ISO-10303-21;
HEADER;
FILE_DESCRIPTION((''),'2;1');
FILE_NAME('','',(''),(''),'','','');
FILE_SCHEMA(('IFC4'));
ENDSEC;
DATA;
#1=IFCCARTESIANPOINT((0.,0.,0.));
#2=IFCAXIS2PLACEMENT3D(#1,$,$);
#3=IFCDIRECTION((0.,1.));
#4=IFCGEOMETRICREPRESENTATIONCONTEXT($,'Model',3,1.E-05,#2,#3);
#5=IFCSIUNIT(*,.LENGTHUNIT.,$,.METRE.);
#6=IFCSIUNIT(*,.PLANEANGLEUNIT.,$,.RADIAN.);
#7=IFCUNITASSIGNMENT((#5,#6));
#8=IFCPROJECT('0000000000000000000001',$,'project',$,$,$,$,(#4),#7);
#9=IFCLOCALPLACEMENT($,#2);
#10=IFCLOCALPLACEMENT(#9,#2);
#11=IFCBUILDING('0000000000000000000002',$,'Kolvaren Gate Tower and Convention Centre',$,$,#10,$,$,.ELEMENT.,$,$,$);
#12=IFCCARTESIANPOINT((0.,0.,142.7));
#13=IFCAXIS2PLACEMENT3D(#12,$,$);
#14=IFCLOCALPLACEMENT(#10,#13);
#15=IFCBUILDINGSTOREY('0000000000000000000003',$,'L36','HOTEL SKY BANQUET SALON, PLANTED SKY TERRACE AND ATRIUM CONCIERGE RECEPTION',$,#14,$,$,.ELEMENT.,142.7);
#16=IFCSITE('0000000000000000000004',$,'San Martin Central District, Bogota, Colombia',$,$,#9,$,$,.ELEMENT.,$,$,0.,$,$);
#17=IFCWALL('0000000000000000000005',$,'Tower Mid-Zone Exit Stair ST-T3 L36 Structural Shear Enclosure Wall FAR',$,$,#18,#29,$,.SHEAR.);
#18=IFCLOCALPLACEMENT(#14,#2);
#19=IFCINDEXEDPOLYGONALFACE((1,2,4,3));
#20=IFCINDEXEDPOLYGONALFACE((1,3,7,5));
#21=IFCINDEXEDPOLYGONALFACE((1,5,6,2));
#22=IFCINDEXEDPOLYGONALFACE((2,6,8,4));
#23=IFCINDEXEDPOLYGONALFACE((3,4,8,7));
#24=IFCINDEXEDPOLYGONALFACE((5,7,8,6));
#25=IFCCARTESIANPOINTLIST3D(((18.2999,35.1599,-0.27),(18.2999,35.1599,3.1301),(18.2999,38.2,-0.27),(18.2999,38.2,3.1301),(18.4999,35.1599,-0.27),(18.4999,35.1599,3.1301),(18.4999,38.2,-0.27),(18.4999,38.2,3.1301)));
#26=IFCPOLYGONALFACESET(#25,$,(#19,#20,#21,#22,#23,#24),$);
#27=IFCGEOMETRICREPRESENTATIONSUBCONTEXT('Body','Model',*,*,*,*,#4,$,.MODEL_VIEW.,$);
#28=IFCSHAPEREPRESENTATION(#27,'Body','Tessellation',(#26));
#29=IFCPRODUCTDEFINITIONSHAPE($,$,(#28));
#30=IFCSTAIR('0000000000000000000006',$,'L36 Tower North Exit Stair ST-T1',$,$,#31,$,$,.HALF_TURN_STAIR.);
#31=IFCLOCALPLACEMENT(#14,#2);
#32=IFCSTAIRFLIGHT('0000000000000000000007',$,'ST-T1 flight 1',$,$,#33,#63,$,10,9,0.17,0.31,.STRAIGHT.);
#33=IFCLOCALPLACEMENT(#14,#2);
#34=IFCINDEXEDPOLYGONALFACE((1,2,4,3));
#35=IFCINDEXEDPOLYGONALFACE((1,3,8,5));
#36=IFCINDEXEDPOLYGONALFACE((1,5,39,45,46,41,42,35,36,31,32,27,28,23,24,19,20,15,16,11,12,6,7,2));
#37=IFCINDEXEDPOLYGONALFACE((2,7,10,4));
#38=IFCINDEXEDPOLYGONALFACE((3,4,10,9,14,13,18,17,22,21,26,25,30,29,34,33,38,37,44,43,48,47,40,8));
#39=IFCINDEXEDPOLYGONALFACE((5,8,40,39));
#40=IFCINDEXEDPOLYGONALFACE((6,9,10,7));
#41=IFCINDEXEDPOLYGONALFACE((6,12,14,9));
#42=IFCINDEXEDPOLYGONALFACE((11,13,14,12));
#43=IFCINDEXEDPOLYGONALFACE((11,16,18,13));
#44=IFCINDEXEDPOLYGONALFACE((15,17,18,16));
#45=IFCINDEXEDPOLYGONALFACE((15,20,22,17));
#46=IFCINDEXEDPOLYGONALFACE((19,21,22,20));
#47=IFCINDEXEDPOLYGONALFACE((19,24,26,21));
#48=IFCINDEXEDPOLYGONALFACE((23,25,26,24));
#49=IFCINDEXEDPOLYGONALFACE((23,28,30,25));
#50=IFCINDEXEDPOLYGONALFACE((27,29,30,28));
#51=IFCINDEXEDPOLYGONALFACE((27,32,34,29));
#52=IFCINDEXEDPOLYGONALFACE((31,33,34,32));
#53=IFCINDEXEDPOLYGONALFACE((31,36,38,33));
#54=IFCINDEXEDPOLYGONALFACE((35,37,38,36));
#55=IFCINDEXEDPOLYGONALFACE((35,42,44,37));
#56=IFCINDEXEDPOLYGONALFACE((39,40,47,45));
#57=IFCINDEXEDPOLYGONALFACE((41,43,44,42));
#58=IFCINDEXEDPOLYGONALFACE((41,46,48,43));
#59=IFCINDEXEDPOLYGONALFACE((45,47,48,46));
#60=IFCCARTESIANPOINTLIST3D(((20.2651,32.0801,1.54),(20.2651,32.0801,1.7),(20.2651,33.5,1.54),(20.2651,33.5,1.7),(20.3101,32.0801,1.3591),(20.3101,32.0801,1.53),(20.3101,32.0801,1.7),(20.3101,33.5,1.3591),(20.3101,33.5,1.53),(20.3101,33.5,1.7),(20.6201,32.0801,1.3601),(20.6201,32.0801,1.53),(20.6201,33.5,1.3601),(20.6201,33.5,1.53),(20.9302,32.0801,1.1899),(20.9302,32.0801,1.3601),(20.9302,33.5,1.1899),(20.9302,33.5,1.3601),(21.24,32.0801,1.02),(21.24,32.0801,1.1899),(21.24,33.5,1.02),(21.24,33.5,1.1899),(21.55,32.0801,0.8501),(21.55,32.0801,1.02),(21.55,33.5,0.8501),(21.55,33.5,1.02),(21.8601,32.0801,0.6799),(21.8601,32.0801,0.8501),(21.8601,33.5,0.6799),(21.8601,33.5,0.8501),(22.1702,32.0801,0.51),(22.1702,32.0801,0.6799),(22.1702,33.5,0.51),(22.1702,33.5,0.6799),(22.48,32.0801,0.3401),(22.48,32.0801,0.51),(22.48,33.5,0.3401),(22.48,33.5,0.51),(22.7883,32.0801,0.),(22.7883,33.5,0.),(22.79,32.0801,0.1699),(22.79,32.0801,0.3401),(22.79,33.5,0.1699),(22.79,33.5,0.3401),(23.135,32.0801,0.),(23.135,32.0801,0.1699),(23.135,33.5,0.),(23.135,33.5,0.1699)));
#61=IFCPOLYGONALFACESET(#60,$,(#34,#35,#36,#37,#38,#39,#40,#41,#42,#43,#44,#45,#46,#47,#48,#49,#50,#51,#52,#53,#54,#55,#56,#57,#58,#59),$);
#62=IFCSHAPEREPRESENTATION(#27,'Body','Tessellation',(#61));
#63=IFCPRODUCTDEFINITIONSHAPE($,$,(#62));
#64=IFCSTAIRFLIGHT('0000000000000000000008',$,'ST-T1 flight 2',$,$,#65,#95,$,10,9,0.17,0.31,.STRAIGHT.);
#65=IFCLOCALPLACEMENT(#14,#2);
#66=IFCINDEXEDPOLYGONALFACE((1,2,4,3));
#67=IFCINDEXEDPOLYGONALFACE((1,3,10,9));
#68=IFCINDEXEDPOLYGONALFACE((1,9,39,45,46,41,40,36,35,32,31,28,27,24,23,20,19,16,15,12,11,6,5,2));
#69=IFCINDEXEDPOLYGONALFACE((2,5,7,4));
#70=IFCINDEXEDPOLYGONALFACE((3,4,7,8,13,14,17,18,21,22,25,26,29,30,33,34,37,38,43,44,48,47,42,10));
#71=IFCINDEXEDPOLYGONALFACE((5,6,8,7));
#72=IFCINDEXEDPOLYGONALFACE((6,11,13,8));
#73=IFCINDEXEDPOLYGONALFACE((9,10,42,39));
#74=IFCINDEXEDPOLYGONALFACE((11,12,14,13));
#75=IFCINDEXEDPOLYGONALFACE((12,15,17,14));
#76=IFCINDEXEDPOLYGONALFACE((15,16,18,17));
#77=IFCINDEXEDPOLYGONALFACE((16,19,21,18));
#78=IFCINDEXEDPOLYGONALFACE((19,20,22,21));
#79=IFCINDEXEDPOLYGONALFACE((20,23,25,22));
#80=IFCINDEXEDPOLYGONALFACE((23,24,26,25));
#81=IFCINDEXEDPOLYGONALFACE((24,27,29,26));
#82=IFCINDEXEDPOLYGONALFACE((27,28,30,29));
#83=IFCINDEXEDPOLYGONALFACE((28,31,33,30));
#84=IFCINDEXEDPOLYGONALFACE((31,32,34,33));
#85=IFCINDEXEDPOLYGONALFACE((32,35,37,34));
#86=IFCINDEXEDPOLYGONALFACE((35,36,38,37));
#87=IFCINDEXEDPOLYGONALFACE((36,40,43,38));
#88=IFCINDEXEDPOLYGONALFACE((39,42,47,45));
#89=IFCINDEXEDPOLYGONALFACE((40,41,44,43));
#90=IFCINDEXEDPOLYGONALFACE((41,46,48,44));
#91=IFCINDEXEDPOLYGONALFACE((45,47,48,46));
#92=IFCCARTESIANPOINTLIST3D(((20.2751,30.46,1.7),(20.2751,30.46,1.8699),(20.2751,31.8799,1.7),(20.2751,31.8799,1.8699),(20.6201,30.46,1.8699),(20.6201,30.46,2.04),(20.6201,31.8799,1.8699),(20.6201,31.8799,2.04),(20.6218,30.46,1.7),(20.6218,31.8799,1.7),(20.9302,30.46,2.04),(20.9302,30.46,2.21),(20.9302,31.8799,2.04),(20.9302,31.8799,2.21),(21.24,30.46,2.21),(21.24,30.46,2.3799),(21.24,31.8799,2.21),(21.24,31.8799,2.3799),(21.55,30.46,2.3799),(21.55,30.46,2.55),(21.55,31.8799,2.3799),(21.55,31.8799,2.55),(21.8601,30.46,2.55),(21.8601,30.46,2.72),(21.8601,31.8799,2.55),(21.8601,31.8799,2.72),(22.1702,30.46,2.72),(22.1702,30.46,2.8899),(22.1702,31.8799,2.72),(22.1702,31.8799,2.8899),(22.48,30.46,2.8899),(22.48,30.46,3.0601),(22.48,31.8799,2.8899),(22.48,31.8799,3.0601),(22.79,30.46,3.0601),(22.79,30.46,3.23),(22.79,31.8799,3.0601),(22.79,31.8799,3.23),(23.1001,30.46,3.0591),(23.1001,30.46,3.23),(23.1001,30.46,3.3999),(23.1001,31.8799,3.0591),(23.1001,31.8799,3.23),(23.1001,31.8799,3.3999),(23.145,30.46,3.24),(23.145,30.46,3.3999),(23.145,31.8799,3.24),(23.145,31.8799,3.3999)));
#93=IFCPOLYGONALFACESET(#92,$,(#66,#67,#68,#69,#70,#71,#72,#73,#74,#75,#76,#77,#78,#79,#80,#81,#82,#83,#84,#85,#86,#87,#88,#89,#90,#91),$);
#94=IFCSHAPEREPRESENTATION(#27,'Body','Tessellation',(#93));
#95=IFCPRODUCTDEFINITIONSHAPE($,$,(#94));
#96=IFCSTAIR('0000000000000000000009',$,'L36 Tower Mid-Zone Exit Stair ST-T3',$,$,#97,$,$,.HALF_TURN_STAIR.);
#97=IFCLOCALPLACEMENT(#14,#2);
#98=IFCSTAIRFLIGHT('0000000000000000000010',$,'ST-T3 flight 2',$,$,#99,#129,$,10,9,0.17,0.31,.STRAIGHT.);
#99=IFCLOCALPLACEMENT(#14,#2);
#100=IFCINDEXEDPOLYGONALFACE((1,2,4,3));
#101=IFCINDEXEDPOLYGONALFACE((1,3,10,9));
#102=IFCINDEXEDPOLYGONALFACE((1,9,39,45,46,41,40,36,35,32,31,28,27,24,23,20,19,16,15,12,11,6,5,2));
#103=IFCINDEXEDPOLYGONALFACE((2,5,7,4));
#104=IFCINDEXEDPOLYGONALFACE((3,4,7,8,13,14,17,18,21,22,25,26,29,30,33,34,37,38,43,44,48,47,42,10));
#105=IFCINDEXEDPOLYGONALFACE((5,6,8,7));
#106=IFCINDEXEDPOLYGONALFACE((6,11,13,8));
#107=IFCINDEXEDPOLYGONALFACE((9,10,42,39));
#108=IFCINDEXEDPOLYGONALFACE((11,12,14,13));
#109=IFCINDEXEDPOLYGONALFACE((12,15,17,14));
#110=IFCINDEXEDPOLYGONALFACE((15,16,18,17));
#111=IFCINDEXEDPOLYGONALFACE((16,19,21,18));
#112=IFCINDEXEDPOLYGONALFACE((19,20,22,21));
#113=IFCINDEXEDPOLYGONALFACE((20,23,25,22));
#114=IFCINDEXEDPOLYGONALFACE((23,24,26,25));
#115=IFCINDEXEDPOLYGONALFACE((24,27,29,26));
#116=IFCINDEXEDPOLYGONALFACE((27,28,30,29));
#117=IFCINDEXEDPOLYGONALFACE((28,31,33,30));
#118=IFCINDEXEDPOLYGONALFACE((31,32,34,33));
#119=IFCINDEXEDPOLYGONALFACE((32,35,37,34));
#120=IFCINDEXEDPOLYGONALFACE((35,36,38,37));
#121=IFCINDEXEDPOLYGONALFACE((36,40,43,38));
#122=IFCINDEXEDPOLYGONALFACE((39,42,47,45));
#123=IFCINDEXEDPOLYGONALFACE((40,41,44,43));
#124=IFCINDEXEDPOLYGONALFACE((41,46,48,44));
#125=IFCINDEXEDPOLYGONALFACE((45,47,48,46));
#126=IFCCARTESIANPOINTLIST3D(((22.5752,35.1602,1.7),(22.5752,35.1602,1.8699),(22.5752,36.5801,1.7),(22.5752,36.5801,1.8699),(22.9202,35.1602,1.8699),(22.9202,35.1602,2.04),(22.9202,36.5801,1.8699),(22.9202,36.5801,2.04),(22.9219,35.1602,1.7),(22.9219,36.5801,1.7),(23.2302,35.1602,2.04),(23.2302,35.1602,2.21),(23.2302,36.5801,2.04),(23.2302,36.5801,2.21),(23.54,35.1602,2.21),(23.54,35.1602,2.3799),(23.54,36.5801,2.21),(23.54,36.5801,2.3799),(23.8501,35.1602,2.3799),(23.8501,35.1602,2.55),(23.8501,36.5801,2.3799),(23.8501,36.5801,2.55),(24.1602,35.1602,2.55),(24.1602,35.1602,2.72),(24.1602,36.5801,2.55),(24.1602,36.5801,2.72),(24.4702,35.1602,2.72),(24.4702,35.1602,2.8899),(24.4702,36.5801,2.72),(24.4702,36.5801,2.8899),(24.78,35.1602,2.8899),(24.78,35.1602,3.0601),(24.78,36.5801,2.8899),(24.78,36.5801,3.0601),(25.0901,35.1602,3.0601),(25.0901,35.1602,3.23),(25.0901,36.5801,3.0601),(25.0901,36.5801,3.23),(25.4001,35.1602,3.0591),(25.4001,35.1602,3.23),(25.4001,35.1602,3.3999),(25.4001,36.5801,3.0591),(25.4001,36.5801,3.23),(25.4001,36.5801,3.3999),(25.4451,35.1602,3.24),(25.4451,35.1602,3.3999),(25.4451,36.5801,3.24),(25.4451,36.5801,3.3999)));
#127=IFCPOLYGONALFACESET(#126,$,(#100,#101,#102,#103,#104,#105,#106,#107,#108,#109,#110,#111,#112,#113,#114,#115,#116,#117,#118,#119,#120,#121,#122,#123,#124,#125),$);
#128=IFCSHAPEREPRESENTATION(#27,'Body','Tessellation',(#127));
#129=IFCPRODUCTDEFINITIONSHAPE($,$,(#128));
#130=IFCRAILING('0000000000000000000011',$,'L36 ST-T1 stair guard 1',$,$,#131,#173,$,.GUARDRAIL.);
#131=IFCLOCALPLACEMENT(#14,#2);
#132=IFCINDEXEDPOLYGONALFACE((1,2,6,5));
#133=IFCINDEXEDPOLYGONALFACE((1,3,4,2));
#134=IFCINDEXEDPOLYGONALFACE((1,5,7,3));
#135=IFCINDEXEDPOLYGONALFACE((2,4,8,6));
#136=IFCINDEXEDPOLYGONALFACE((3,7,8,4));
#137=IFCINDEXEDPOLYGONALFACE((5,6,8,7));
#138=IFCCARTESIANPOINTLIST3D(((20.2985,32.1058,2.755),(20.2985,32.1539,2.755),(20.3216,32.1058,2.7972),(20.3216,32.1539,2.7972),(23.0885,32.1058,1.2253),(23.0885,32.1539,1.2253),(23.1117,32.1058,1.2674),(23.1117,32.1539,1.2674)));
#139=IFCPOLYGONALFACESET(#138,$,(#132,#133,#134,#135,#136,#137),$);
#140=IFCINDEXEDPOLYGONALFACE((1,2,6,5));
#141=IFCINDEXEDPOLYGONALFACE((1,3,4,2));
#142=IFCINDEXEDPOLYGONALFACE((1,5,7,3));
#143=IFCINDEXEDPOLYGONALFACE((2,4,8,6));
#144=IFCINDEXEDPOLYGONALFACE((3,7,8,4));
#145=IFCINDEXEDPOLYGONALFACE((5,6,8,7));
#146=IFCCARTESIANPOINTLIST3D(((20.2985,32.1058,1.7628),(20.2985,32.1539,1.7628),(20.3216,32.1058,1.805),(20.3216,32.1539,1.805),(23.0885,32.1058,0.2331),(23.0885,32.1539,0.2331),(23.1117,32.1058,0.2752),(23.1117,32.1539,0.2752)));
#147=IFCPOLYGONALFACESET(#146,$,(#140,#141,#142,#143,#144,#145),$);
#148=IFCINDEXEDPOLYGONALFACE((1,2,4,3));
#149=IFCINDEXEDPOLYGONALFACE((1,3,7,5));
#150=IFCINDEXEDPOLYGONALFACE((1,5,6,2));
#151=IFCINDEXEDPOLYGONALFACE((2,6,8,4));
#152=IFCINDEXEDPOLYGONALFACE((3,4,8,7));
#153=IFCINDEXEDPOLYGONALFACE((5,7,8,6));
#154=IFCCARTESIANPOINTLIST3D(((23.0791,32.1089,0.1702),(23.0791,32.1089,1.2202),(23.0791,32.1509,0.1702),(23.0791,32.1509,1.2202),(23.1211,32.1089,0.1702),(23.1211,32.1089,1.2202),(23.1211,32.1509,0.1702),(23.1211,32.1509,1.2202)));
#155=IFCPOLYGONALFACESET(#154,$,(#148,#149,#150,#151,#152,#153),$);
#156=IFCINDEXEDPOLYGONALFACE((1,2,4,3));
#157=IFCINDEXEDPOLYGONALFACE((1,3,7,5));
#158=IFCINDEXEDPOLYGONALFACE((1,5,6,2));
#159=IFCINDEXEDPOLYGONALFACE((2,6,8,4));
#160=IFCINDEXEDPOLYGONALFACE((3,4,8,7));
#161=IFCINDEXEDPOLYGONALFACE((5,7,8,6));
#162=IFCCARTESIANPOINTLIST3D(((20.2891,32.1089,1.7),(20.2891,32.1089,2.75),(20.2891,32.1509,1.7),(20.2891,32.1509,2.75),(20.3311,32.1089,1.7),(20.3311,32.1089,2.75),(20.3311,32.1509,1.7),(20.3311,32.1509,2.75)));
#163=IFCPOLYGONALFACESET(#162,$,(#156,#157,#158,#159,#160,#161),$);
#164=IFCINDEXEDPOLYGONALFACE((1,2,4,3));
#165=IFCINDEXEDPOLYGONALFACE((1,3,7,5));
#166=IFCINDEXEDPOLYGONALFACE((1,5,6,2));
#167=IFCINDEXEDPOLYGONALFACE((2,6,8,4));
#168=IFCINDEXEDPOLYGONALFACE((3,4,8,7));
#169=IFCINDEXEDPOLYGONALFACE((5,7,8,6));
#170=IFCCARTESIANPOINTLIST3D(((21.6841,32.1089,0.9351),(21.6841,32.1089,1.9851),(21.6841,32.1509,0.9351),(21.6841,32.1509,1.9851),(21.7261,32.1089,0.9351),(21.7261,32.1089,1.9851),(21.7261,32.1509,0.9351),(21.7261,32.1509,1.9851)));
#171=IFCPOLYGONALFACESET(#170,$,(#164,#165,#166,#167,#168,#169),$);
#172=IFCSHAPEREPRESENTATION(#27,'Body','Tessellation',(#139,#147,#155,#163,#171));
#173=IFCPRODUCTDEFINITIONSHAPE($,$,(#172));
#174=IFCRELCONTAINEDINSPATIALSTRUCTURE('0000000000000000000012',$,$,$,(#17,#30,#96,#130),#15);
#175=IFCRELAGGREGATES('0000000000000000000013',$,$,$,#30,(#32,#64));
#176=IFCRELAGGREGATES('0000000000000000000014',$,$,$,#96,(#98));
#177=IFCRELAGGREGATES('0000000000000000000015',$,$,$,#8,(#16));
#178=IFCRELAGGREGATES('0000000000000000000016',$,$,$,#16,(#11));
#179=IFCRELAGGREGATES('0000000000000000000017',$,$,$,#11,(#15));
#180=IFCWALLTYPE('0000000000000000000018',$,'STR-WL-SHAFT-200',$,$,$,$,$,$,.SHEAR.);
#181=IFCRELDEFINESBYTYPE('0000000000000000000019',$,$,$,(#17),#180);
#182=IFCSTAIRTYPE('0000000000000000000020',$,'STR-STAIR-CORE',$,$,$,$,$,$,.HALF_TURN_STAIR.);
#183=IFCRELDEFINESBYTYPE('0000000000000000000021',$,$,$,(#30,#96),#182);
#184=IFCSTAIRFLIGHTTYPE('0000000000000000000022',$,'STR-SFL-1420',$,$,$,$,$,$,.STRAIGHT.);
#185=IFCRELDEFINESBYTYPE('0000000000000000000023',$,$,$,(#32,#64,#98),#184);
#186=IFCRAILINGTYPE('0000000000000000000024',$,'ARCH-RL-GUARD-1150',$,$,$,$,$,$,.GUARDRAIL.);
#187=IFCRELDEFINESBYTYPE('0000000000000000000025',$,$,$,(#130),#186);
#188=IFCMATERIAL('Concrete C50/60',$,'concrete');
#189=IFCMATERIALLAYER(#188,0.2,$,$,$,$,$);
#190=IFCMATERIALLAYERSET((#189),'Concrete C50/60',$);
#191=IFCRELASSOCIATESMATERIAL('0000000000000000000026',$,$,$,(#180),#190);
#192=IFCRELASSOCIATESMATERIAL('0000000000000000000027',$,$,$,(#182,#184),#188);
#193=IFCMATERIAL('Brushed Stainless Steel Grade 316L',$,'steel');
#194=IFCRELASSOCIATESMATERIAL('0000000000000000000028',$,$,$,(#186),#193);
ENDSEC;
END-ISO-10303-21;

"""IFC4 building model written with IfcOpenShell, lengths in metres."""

from ifc_helpers import new_model, si_unit, direction, frame, frame_2d, origin, origin_2d, place, context, subcontext, project, spatial, polyline, rectangle, outline, extrude, material, layer, layer_set, type_object, element, aggregate, save


model = new_model("IFC4")

# Units and contexts
model_context = context("Model", 3, precision=1e-05, world=origin(), true_north=direction((0.0, 1.0)))
body_context = subcontext(model_context, "Body", "Model", "MODEL_VIEW")
ifc_project = project(units=[si_unit("LENGTHUNIT", "METRE"), si_unit("PLANEANGLEUNIT", "RADIAN")], contexts=[model_context])

# Site, building, storey
site_placement = place(None, origin())
site = spatial("IfcSite", under=ifc_project, at=site_placement, Name="San Martin Central District, Bogota, Colombia", CompositionType="ELEMENT", RefElevation=0.0)
building_placement = place(site_placement, origin())
building = spatial("IfcBuilding", under=site, at=building_placement, Name="Kolvaren Gate Tower and Convention Centre", CompositionType="ELEMENT")
storey_placement = place(building_placement, frame((0.0, 0.0, 142.7)))
storey = spatial("IfcBuildingStorey", under=building, at=storey_placement, Name="L36", Description="HOTEL SKY BANQUET SALON, PLANTED SKY TERRACE AND ATRIUM CONCIERGE RECEPTION", CompositionType="ELEMENT", Elevation=142.7)

# Shared definitions
ifc_material_1 = material(Name="Brushed Stainless Steel Grade 316L", Category="steel")
ifc_material_2 = material(Name="Concrete C50/60", Category="concrete")
ifc_layer_1 = layer(ifc_material_2, 0.2)
ifc_layer_set_1 = layer_set([ifc_layer_1], Name="Concrete C50/60")
wall_type_1 = type_object("IfcWallType", Name="STR-WL-SHAFT-200", PredefinedType="SHEAR", material=ifc_layer_set_1)

# Wall
wall_1_placement = place(storey_placement, frame((18.3999, 35.1599, -0.27), z_axis=(0.0, 0.0, 1.0), x_axis=(0.0, 1.0, 0.0)))
element("IfcWall", 1, at=wall_1_placement, inside=storey, type_object=wall_type_1, Name="Tower Mid-Zone Exit Stair ST-T3 L36 Structural Shear Enclosure Wall FAR", PredefinedType="SHEAR", context=body_context, shape_type="SweptSolid", body=[
    extrude(rectangle(XDim=3.04, YDim=0.2, at=frame_2d((1.52, 0.0))), origin(), (0.0, 0.0, 1.0), 3.4001),
])

# Stair, stair flights
stair_type = type_object("IfcStairType", Name="STR-STAIR-CORE", PredefinedType="HALF_TURN_STAIR", material=ifc_material_2)
stair_1_placement = place(storey_placement, origin())
stair_1 = element("IfcStair", 2, at=stair_1_placement, inside=storey, type_object=stair_type, Name="L36 Tower North Exit Stair ST-T1", PredefinedType="HALF_TURN_STAIR")
stair_flight_type = type_object("IfcStairFlightType", Name="STR-SFL-1420", PredefinedType="STRAIGHT", material=ifc_material_2)
stair_flight_1_placement = place(storey_placement, frame((23.1001, 32.79, 0.0), z_axis=(0.0, 0.0, 1.0), x_axis=(-1.0, 0.0, 0.0)))
stair_flight_1 = element("IfcStairFlight", 3, at=stair_flight_1_placement, type_object=stair_flight_type, Name="ST-T1 flight 1", NumberOfRisers=10, NumberOfTreads=9, PredefinedType="STRAIGHT", RiserHeight=0.17, TreadLength=0.31, context=body_context, shape_type="SweptSolid", body=[
    extrude(outline(polyline([(-0.0349, 0.0), (-0.0349, 0.1699), (0.3101, 0.1699), (0.3101, 0.3401), (0.6201, 0.3401), (0.6201, 0.51), (0.9299, 0.51), (0.9299, 0.6799), (1.24, 0.6799), (1.24, 0.8501), (1.55, 0.8501), (1.55, 1.02), (1.8601, 1.02), (1.8601, 1.1899), (2.1699, 1.1899), (2.1699, 1.3601), (2.48, 1.3601), (2.48, 1.53), (2.79, 1.53), (2.79, 1.7), (2.835, 1.7), (2.835, 1.54), (2.79, 1.3591), (0.3118, 0.0), (-0.0349, 0.0)])), frame((0.0, 0.71, 0.0), z_axis=(0.0, -1.0, 0.0), x_axis=(1.0, 0.0, 0.0)), (0.0, 0.0, 1.0), 1.4199),
])
stair_flight_2_placement = place(storey_placement, frame((20.3101, 31.1699, 1.7), z_axis=(0.0, 0.0, 1.0), x_axis=(1.0, 0.0, 0.0)))
stair_flight_2 = element("IfcStairFlight", 4, at=stair_flight_2_placement, type_object=stair_flight_type, Name="ST-T1 flight 2", NumberOfRisers=10, NumberOfTreads=9, PredefinedType="STRAIGHT", RiserHeight=0.17, TreadLength=0.31, context=body_context, shape_type="SweptSolid", body=[
    extrude(outline(polyline([(-0.0349, 0.0), (-0.0349, 0.1699), (0.3101, 0.1699), (0.3101, 0.3401), (0.6201, 0.3401), (0.6201, 0.51), (0.9299, 0.51), (0.9299, 0.6799), (1.24, 0.6799), (1.24, 0.8501), (1.55, 0.8501), (1.55, 1.02), (1.8601, 1.02), (1.8601, 1.1899), (2.1699, 1.1899), (2.1699, 1.3601), (2.48, 1.3601), (2.48, 1.53), (2.79, 1.53), (2.79, 1.7), (2.835, 1.7), (2.835, 1.54), (2.79, 1.3591), (0.3118, 0.0), (-0.0349, 0.0)])), frame((0.0, 0.71, 0.0), z_axis=(0.0, -1.0, 0.0), x_axis=(1.0, 0.0, 0.0)), (0.0, 0.0, 1.0), 1.4199),
])
aggregate(stair_1, [stair_flight_1, stair_flight_2])

# Stair, stair flight
stair_2_placement = place(storey_placement, origin())
stair_2 = element("IfcStair", 5, at=stair_2_placement, inside=storey, type_object=stair_type, Name="L36 Tower Mid-Zone Exit Stair ST-T3", PredefinedType="HALF_TURN_STAIR")
stair_flight_3_placement = place(storey_placement, frame((22.6101, 35.8701, 1.7), z_axis=(0.0, 0.0, 1.0), x_axis=(1.0, 0.0, 0.0)))
stair_flight_3 = element("IfcStairFlight", 6, at=stair_flight_3_placement, type_object=stair_flight_type, Name="ST-T3 flight 2", NumberOfRisers=10, NumberOfTreads=9, PredefinedType="STRAIGHT", RiserHeight=0.17, TreadLength=0.31, context=body_context, shape_type="SweptSolid", body=[
    extrude(outline(polyline([(-0.0349, 0.0), (-0.0349, 0.1699), (0.3101, 0.1699), (0.3101, 0.3401), (0.6201, 0.3401), (0.6201, 0.51), (0.9299, 0.51), (0.9299, 0.6799), (1.24, 0.6799), (1.24, 0.8501), (1.55, 0.8501), (1.55, 1.02), (1.8601, 1.02), (1.8601, 1.1899), (2.1699, 1.1899), (2.1699, 1.3601), (2.48, 1.3601), (2.48, 1.53), (2.79, 1.53), (2.79, 1.7), (2.835, 1.7), (2.835, 1.54), (2.79, 1.3591), (0.3118, 0.0), (-0.0349, 0.0)])), frame((0.0, 0.71, 0.0), z_axis=(0.0, -1.0, 0.0), x_axis=(1.0, 0.0, 0.0)), (0.0, 0.0, 1.0), 1.4199),
])
aggregate(stair_2, [stair_flight_3])

# Railing
railing_type_1 = type_object("IfcRailingType", Name="ARCH-RL-GUARD-1150", PredefinedType="GUARDRAIL", material=ifc_material_1)
railing_1_placement = place(storey_placement, frame((23.1001, 32.1299, 0.1702)))
element("IfcRailing", 7, at=railing_1_placement, inside=storey, type_object=railing_type_1, Name="L36 ST-T1 stair guard 1", PredefinedType="GUARDRAIL", context=body_context, shape_type="SweptSolid", body=[
    extrude(rectangle(XDim=0.0481, YDim=0.0481, at=origin_2d()), frame((0.0, 0.0, 1.0762), z_axis=(-0.876844, 0.0, 0.480776), x_axis=(0.0, -1.0, 0.0)), (0.0, 0.0, 1.0), 3.1819),
    extrude(rectangle(XDim=0.0481, YDim=0.0481, at=origin_2d()), frame((0.0, 0.0, 0.084), z_axis=(-0.876844, 0.0, 0.480776), x_axis=(0.0, -1.0, 0.0)), (0.0, 0.0, 1.0), 3.1819),
    extrude(rectangle(XDim=0.042, YDim=0.042, at=origin_2d()), origin(), (0.0, 0.0, 1.0), 1.05),
    extrude(rectangle(XDim=0.042, YDim=0.042, at=origin_2d()), frame((-2.79, 0.0, 1.5298)), (0.0, 0.0, 1.0), 1.05),
    extrude(rectangle(XDim=0.042, YDim=0.042, at=origin_2d()), frame((-1.395, 0.0, 0.7649)), (0.0, 0.0, 1.0), 1.05),
])

save(model, "model.ifc")
